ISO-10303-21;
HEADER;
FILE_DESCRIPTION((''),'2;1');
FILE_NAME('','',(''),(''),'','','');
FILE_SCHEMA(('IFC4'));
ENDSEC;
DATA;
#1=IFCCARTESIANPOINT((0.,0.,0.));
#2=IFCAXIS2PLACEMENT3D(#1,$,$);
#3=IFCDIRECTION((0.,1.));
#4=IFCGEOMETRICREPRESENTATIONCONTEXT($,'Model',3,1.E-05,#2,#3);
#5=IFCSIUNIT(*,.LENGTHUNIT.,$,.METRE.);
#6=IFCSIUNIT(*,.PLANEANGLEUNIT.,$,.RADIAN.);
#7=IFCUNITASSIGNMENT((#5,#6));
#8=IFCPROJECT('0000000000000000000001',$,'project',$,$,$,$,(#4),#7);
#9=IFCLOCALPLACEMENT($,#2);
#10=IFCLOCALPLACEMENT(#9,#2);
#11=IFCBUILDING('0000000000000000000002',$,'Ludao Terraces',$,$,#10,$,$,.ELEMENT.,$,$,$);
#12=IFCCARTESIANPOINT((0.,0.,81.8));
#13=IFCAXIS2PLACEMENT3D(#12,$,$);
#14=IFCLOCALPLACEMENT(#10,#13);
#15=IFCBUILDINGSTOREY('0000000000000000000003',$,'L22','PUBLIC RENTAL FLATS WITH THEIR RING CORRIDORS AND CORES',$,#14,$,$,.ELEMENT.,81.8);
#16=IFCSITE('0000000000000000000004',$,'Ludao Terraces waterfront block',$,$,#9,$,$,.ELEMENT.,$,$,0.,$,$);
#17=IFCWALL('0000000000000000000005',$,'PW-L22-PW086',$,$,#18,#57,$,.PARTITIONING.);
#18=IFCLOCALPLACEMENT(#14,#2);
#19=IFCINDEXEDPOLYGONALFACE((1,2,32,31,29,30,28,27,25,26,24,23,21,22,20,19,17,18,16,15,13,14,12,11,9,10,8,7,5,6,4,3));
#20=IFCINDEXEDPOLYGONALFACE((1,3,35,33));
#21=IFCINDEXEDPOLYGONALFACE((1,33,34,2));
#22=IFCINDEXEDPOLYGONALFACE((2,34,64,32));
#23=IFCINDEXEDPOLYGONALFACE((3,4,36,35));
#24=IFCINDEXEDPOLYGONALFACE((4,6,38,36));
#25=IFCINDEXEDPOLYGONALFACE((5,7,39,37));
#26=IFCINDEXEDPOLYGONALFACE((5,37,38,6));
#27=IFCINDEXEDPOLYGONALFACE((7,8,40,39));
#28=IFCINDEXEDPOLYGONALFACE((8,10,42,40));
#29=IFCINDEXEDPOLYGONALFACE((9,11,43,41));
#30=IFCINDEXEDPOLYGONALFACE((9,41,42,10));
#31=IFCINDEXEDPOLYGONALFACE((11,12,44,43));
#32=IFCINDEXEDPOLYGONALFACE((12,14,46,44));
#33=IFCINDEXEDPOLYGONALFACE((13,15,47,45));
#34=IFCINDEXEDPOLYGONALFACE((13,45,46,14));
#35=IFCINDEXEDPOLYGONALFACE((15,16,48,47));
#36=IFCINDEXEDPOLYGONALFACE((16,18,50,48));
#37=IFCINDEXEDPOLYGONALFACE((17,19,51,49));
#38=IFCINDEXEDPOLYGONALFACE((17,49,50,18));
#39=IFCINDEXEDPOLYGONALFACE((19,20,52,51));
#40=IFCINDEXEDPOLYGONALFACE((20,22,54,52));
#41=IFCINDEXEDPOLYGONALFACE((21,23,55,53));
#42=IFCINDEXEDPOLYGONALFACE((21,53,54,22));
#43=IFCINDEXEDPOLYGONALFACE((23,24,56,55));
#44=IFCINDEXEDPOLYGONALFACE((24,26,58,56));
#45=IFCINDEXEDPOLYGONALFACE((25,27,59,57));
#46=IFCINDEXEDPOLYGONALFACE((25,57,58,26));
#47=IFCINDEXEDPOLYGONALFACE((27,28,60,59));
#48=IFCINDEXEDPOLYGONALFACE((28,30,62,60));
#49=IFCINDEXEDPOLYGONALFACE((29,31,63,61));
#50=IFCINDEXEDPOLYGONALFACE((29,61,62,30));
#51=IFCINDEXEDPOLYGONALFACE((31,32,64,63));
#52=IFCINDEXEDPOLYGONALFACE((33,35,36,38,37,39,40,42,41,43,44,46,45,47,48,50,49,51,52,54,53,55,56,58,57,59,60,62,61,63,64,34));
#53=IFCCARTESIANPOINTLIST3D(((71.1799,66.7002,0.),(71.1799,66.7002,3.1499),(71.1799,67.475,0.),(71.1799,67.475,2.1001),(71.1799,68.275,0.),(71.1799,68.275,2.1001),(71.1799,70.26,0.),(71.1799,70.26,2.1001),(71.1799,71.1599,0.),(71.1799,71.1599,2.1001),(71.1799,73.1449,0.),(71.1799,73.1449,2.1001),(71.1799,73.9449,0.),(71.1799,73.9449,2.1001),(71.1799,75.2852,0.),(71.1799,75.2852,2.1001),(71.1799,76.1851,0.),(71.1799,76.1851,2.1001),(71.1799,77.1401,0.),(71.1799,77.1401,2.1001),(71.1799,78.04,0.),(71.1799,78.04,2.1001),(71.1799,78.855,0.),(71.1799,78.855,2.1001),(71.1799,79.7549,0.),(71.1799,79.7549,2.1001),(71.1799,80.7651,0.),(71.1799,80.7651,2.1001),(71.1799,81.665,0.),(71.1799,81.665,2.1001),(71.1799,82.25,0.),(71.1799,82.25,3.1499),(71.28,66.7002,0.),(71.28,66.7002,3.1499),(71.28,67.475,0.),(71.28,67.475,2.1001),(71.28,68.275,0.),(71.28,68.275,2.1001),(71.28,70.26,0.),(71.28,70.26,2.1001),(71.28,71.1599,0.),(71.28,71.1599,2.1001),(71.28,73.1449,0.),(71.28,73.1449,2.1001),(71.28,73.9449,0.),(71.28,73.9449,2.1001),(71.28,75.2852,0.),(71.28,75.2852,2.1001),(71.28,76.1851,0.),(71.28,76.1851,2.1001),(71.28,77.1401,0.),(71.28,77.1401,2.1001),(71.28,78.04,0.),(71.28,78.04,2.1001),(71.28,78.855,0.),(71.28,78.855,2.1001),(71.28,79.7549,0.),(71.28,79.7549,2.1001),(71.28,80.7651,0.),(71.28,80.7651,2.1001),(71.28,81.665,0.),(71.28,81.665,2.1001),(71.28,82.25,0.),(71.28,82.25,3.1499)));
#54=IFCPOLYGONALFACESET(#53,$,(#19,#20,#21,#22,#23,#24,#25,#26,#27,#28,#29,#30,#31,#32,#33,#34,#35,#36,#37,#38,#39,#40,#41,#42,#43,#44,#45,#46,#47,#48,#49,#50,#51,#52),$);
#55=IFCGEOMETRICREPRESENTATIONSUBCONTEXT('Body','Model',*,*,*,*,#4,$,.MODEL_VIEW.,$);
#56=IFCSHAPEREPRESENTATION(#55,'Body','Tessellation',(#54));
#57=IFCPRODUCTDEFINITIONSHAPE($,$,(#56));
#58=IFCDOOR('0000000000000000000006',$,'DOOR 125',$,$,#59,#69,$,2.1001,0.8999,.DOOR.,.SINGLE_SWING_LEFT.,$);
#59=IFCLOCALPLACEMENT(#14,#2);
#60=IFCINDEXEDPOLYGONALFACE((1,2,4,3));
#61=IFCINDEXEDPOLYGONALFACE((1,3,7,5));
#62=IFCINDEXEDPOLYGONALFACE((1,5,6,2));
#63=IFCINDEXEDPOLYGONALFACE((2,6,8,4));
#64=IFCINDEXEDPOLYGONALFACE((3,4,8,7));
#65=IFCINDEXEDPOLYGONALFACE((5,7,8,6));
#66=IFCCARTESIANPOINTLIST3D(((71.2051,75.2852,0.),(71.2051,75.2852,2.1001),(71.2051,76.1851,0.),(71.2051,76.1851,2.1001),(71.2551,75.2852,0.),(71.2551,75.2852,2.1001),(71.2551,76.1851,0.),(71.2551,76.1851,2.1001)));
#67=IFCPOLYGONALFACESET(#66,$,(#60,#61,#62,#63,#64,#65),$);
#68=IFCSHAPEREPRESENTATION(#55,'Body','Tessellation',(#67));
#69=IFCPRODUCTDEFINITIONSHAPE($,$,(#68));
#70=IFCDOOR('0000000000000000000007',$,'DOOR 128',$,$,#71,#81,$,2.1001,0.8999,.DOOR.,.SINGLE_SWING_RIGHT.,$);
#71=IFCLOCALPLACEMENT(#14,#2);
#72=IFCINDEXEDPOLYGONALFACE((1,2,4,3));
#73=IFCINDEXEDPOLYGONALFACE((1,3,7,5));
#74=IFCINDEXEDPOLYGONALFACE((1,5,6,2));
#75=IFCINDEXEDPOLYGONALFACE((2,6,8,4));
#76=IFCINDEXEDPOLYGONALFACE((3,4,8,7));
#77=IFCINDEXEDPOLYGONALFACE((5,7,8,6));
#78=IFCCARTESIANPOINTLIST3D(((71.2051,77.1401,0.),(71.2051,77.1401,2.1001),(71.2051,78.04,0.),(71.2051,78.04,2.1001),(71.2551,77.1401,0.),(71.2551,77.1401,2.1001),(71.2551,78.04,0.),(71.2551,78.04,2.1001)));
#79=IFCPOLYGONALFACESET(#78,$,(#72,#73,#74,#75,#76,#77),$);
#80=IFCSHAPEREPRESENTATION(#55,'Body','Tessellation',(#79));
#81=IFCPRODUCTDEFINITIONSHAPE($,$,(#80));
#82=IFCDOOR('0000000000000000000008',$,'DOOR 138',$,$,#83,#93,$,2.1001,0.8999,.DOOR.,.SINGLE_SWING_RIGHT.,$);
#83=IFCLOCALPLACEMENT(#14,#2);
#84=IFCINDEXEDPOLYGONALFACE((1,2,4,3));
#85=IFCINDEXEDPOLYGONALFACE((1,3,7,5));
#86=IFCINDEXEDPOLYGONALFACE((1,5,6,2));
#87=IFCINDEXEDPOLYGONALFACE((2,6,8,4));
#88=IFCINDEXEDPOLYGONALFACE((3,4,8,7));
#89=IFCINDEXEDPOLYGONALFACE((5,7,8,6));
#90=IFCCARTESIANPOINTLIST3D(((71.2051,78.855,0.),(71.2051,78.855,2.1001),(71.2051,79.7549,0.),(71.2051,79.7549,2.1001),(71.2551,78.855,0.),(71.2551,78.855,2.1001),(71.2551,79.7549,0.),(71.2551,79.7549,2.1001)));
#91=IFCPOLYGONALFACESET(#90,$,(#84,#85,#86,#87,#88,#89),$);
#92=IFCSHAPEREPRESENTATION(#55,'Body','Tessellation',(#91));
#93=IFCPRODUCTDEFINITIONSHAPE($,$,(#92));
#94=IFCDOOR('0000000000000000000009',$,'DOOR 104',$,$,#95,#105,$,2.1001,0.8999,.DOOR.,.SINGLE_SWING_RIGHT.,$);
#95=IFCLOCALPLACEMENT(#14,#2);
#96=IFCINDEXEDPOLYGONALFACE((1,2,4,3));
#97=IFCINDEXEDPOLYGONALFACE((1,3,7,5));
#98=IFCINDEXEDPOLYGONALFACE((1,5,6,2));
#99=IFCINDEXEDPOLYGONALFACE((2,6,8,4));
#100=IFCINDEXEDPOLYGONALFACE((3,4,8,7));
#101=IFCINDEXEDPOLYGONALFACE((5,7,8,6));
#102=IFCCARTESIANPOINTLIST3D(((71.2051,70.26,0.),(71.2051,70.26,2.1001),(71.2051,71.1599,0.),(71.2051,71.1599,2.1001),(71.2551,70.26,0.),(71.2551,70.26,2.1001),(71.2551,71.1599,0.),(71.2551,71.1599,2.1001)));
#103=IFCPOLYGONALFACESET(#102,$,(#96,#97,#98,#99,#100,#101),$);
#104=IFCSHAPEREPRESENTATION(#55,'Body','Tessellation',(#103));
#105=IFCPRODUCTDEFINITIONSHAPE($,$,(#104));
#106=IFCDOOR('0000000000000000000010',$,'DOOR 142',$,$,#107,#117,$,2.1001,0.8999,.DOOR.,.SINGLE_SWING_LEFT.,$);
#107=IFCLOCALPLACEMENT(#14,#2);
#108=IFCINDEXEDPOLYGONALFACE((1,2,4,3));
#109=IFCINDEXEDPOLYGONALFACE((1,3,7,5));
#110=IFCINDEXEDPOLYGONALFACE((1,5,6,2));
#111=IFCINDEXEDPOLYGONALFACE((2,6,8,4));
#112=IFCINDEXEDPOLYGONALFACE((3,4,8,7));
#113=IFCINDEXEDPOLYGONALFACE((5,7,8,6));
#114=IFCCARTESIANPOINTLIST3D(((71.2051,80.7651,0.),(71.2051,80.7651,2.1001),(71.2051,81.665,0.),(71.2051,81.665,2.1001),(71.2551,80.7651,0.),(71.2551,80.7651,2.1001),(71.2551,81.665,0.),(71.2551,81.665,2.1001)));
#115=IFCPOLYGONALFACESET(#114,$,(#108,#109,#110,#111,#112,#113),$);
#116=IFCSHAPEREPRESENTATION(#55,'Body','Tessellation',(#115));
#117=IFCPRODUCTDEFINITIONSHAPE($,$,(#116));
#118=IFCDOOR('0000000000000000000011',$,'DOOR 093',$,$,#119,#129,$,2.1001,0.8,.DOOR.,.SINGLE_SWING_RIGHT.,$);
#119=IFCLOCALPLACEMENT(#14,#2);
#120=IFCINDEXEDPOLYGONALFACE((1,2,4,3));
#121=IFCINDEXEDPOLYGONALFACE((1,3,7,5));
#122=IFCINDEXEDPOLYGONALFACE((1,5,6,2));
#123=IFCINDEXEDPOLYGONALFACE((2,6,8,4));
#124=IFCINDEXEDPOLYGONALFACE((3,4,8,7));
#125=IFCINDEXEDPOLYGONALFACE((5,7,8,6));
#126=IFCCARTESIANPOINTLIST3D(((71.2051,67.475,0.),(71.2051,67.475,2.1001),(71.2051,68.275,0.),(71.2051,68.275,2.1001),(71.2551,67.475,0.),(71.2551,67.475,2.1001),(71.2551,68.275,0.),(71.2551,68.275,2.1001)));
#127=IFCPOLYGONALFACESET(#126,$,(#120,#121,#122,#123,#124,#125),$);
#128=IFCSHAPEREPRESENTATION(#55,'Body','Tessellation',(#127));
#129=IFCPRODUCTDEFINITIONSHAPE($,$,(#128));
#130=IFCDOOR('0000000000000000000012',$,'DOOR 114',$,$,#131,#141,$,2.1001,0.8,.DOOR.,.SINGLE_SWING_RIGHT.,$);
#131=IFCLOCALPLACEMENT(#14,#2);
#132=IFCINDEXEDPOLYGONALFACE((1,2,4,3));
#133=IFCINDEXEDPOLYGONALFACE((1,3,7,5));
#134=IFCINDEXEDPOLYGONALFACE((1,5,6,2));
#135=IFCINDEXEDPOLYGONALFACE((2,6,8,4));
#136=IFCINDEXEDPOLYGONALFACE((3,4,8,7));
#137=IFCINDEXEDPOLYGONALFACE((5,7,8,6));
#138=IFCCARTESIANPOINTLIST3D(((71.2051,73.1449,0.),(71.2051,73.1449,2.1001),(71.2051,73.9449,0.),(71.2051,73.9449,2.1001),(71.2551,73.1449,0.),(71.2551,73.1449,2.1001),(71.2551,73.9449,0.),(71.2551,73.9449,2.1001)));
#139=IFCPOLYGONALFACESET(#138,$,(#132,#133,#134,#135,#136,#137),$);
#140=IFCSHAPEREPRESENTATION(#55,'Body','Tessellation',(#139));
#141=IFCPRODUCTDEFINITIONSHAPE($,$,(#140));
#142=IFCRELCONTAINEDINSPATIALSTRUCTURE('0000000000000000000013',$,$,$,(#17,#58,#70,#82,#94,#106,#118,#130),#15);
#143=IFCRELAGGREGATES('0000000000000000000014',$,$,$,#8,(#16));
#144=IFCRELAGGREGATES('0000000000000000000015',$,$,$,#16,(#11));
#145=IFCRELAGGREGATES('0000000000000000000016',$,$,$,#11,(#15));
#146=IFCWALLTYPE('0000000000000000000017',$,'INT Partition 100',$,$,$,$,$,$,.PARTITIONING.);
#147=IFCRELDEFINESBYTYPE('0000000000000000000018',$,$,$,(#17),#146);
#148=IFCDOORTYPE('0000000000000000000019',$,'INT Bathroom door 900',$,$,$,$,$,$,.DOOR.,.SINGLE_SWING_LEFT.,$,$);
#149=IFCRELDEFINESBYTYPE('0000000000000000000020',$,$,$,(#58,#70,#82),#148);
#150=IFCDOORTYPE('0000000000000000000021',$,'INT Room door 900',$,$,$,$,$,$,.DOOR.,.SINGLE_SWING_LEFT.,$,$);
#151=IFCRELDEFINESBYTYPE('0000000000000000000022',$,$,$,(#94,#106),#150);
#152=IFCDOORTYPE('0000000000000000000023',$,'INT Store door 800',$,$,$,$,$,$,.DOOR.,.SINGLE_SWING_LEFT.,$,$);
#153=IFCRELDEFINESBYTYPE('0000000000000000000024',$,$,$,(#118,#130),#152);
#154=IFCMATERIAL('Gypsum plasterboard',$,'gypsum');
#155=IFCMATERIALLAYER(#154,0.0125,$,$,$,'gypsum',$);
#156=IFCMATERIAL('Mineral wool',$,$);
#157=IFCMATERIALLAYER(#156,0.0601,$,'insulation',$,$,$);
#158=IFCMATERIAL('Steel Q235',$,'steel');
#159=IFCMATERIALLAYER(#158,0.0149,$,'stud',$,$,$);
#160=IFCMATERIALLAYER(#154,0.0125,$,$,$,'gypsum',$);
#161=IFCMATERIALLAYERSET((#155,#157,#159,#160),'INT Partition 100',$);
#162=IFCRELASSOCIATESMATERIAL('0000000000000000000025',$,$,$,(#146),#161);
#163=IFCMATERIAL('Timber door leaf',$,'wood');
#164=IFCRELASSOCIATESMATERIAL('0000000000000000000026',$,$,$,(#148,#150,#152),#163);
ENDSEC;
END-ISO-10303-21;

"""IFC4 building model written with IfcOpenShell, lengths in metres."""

from ifc_helpers import new_model, si_unit, direction, frame, frame_2d, origin, place, context, subcontext, project, spatial, rectangle, extrude, material, layer, layer_set, type_object, element, fill, save


model = new_model("IFC4")

# Units and contexts
model_context = context("Model", 3, precision=1e-05, world=origin(), true_north=direction((0.0, 1.0)))
body_context = subcontext(model_context, "Body", "Model", "MODEL_VIEW")
ifc_project = project(units=[si_unit("LENGTHUNIT", "METRE"), si_unit("PLANEANGLEUNIT", "RADIAN")], contexts=[model_context])

# Site, building, storey
site_placement = place(None, origin())
site = spatial("IfcSite", under=ifc_project, at=site_placement, Name="Ludao Terraces waterfront block", CompositionType="ELEMENT", RefElevation=0.0)
building_placement = place(site_placement, origin())
building = spatial("IfcBuilding", under=site, at=building_placement, Name="Ludao Terraces", CompositionType="ELEMENT")
storey_placement = place(building_placement, frame((0.0, 0.0, 81.8)))
storey = spatial("IfcBuildingStorey", under=building, at=storey_placement, Name="L22", Description="PUBLIC RENTAL FLATS WITH THEIR RING CORRIDORS AND CORES", CompositionType="ELEMENT", Elevation=81.8)

# Shared definitions
ifc_material_1 = material(Name="Mineral wool")
ifc_material_2 = material(Name="Steel Q235", Category="steel")

# Shared definitions
ifc_material_3 = material(Name="Gypsum plasterboard", Category="gypsum")
ifc_layer_1 = layer(ifc_material_3, 0.0125, Category="gypsum")
ifc_layer_2 = layer(ifc_material_1, 0.0601, Name="insulation")
ifc_layer_3 = layer(ifc_material_2, 0.0149, Name="stud")
ifc_layer_4 = layer(ifc_material_3, 0.0125, Category="gypsum")
ifc_layer_set_1 = layer_set([ifc_layer_1, ifc_layer_2, ifc_layer_3, ifc_layer_4], Name="INT Partition 100")
wall_type_1 = type_object("IfcWallType", Name="INT Partition 100", PredefinedType="PARTITIONING", material=ifc_layer_set_1)

# Wall, openings, doors
wall_1_placement = place(storey_placement, frame((71.23, 66.7002, 0.0), z_axis=(0.0, 0.0, 1.0), x_axis=(0.0, 1.0, 0.0)))
wall_1 = element("IfcWall", 1, at=wall_1_placement, inside=storey, type_object=wall_type_1, Name="PW-L22-PW086", PredefinedType="PARTITIONING", context=body_context, shape_type="SweptSolid", body=[
    extrude(rectangle(XDim=15.5498, YDim=0.1001, at=frame_2d((7.7749, 0.0))), origin(), (0.0, 0.0, 1.0), 3.1499),
])
opening_1_placement = place(wall_1_placement, frame((0.7749, 0.0, 0.0)))
opening_1 = element("IfcOpeningElement", 2, at=opening_1_placement, cuts=wall_1, PredefinedType="OPENING", context=body_context, shape_type="SweptSolid", body=[
    extrude(rectangle(XDim=0.8, YDim=2.1001, at=frame_2d((0.3999, 1.05))), frame((0.0, 0.0601, 0.0), z_axis=(0.0, -1.0, 0.0), x_axis=(1.0, 0.0, 0.0)), (0.0, 0.0, 1.0), 0.1201),
])
opening_2_placement = place(wall_1_placement, frame((3.5598, 0.0, 0.0)))
opening_2 = element("IfcOpeningElement", 3, at=opening_2_placement, cuts=wall_1, PredefinedType="OPENING", context=body_context, shape_type="SweptSolid", body=[
    extrude(rectangle(XDim=0.8999, YDim=2.1001, at=frame_2d((0.45, 1.05))), frame((0.0, 0.0601, 0.0), z_axis=(0.0, -1.0, 0.0), x_axis=(1.0, 0.0, 0.0)), (0.0, 0.0, 1.0), 0.1201),
])
opening_3_placement = place(wall_1_placement, frame((6.4448, 0.0, 0.0)))
opening_3 = element("IfcOpeningElement", 4, at=opening_3_placement, cuts=wall_1, PredefinedType="OPENING", context=body_context, shape_type="SweptSolid", body=[
    extrude(rectangle(XDim=0.8, YDim=2.1001, at=frame_2d((0.3999, 1.05))), frame((0.0, 0.0601, 0.0), z_axis=(0.0, -1.0, 0.0), x_axis=(1.0, 0.0, 0.0)), (0.0, 0.0, 1.0), 0.1201),
])
opening_4_placement = place(wall_1_placement, frame((8.585, 0.0, 0.0)))
opening_4 = element("IfcOpeningElement", 5, at=opening_4_placement, cuts=wall_1, PredefinedType="OPENING", context=body_context, shape_type="SweptSolid", body=[
    extrude(rectangle(XDim=0.8999, YDim=2.1001, at=frame_2d((0.45, 1.05))), frame((0.0, 0.0601, 0.0), z_axis=(0.0, -1.0, 0.0), x_axis=(1.0, 0.0, 0.0)), (0.0, 0.0, 1.0), 0.1201),
])
opening_5_placement = place(wall_1_placement, frame((10.4399, 0.0, 0.0)))
opening_5 = element("IfcOpeningElement", 6, at=opening_5_placement, cuts=wall_1, PredefinedType="OPENING", context=body_context, shape_type="SweptSolid", body=[
    extrude(rectangle(XDim=0.8999, YDim=2.1001, at=frame_2d((0.45, 1.05))), frame((0.0, 0.0601, 0.0), z_axis=(0.0, -1.0, 0.0), x_axis=(1.0, 0.0, 0.0)), (0.0, 0.0, 1.0), 0.1201),
])
opening_6_placement = place(wall_1_placement, frame((12.1548, 0.0, 0.0)))
opening_6 = element("IfcOpeningElement", 7, at=opening_6_placement, cuts=wall_1, PredefinedType="OPENING", context=body_context, shape_type="SweptSolid", body=[
    extrude(rectangle(XDim=0.8999, YDim=2.1001, at=frame_2d((0.45, 1.05))), frame((0.0, 0.0601, 0.0), z_axis=(0.0, -1.0, 0.0), x_axis=(1.0, 0.0, 0.0)), (0.0, 0.0, 1.0), 0.1201),
])
opening_7_placement = place(wall_1_placement, frame((14.0649, 0.0, 0.0)))
opening_7 = element("IfcOpeningElement", 8, at=opening_7_placement, cuts=wall_1, PredefinedType="OPENING", context=body_context, shape_type="SweptSolid", body=[
    extrude(rectangle(XDim=0.8999, YDim=2.1001, at=frame_2d((0.45, 1.05))), frame((0.0, 0.0601, 0.0), z_axis=(0.0, -1.0, 0.0), x_axis=(1.0, 0.0, 0.0)), (0.0, 0.0, 1.0), 0.1201),
])
ifc_material_4 = material(Name="Timber door leaf", Category="wood")
door_type_1 = type_object("IfcDoorType", Name="INT Bathroom door 900", OperationType="SINGLE_SWING_LEFT", PredefinedType="DOOR", material=ifc_material_4)
door_1_placement = place(opening_4_placement, origin())
door_1 = element("IfcDoor", 9, at=door_1_placement, inside=storey, type_object=door_type_1, Name="DOOR 125", OperationType="SINGLE_SWING_LEFT", OverallHeight=2.1001, OverallWidth=0.8999, PredefinedType="DOOR", context=body_context, shape_type="SweptSolid", body=[
    extrude(rectangle(XDim=0.8999, YDim=2.1001, at=frame_2d((0.45, 1.05))), frame((0.0, 0.0249, 0.0), z_axis=(0.0, -1.0, 0.0), x_axis=(1.0, 0.0, 0.0)), (0.0, 0.0, 1.0), 0.05),
])
fill(opening_4, door_1)
door_2_placement = place(opening_5_placement, origin())
door_2 = element("IfcDoor", 10, at=door_2_placement, inside=storey, type_object=door_type_1, Name="DOOR 128", OperationType="SINGLE_SWING_RIGHT", OverallHeight=2.1001, OverallWidth=0.8999, PredefinedType="DOOR", context=body_context, shape_type="SweptSolid", body=[
    extrude(rectangle(XDim=0.8999, YDim=2.1001, at=frame_2d((0.45, 1.05))), frame((0.0, 0.0249, 0.0), z_axis=(0.0, -1.0, 0.0), x_axis=(1.0, 0.0, 0.0)), (0.0, 0.0, 1.0), 0.05),
])
fill(opening_5, door_2)
door_3_placement = place(opening_6_placement, origin())
door_3 = element("IfcDoor", 11, at=door_3_placement, inside=storey, type_object=door_type_1, Name="DOOR 138", OperationType="SINGLE_SWING_RIGHT", OverallHeight=2.1001, OverallWidth=0.8999, PredefinedType="DOOR", context=body_context, shape_type="SweptSolid", body=[
    extrude(rectangle(XDim=0.8999, YDim=2.1001, at=frame_2d((0.45, 1.05))), frame((0.0, 0.0249, 0.0), z_axis=(0.0, -1.0, 0.0), x_axis=(1.0, 0.0, 0.0)), (0.0, 0.0, 1.0), 0.05),
])
fill(opening_6, door_3)
door_type_2 = type_object("IfcDoorType", Name="INT Room door 900", OperationType="SINGLE_SWING_LEFT", PredefinedType="DOOR", material=ifc_material_4)
door_4_placement = place(opening_2_placement, origin())
door_4 = element("IfcDoor", 12, at=door_4_placement, inside=storey, type_object=door_type_2, Name="DOOR 104", OperationType="SINGLE_SWING_RIGHT", OverallHeight=2.1001, OverallWidth=0.8999, PredefinedType="DOOR", context=body_context, shape_type="SweptSolid", body=[
    extrude(rectangle(XDim=0.8999, YDim=2.1001, at=frame_2d((0.45, 1.05))), frame((0.0, 0.0249, 0.0), z_axis=(0.0, -1.0, 0.0), x_axis=(1.0, 0.0, 0.0)), (0.0, 0.0, 1.0), 0.05),
])
fill(opening_2, door_4)
door_5_placement = place(opening_7_placement, origin())
door_5 = element("IfcDoor", 13, at=door_5_placement, inside=storey, type_object=door_type_2, Name="DOOR 142", OperationType="SINGLE_SWING_LEFT", OverallHeight=2.1001, OverallWidth=0.8999, PredefinedType="DOOR", context=body_context, shape_type="SweptSolid", body=[
    extrude(rectangle(XDim=0.8999, YDim=2.1001, at=frame_2d((0.45, 1.05))), frame((0.0, 0.0249, 0.0), z_axis=(0.0, -1.0, 0.0), x_axis=(1.0, 0.0, 0.0)), (0.0, 0.0, 1.0), 0.05),
])
fill(opening_7, door_5)
door_type_3 = type_object("IfcDoorType", Name="INT Store door 800", OperationType="SINGLE_SWING_LEFT", PredefinedType="DOOR", material=ifc_material_4)
door_6_placement = place(opening_1_placement, origin())
door_6 = element("IfcDoor", 14, at=door_6_placement, inside=storey, type_object=door_type_3, Name="DOOR 093", OperationType="SINGLE_SWING_RIGHT", OverallHeight=2.1001, OverallWidth=0.8, PredefinedType="DOOR", context=body_context, shape_type="SweptSolid", body=[
    extrude(rectangle(XDim=0.8, YDim=2.1001, at=frame_2d((0.3999, 1.05))), frame((0.0, 0.0249, 0.0), z_axis=(0.0, -1.0, 0.0), x_axis=(1.0, 0.0, 0.0)), (0.0, 0.0, 1.0), 0.05),
])
fill(opening_1, door_6)
door_7_placement = place(opening_3_placement, origin())
door_7 = element("IfcDoor", 15, at=door_7_placement, inside=storey, type_object=door_type_3, Name="DOOR 114", OperationType="SINGLE_SWING_RIGHT", OverallHeight=2.1001, OverallWidth=0.8, PredefinedType="DOOR", context=body_context, shape_type="SweptSolid", body=[
    extrude(rectangle(XDim=0.8, YDim=2.1001, at=frame_2d((0.3999, 1.05))), frame((0.0, 0.0249, 0.0), z_axis=(0.0, -1.0, 0.0), x_axis=(1.0, 0.0, 0.0)), (0.0, 0.0, 1.0), 0.05),
])
fill(opening_3, door_7)

save(model, "model.ifc")
